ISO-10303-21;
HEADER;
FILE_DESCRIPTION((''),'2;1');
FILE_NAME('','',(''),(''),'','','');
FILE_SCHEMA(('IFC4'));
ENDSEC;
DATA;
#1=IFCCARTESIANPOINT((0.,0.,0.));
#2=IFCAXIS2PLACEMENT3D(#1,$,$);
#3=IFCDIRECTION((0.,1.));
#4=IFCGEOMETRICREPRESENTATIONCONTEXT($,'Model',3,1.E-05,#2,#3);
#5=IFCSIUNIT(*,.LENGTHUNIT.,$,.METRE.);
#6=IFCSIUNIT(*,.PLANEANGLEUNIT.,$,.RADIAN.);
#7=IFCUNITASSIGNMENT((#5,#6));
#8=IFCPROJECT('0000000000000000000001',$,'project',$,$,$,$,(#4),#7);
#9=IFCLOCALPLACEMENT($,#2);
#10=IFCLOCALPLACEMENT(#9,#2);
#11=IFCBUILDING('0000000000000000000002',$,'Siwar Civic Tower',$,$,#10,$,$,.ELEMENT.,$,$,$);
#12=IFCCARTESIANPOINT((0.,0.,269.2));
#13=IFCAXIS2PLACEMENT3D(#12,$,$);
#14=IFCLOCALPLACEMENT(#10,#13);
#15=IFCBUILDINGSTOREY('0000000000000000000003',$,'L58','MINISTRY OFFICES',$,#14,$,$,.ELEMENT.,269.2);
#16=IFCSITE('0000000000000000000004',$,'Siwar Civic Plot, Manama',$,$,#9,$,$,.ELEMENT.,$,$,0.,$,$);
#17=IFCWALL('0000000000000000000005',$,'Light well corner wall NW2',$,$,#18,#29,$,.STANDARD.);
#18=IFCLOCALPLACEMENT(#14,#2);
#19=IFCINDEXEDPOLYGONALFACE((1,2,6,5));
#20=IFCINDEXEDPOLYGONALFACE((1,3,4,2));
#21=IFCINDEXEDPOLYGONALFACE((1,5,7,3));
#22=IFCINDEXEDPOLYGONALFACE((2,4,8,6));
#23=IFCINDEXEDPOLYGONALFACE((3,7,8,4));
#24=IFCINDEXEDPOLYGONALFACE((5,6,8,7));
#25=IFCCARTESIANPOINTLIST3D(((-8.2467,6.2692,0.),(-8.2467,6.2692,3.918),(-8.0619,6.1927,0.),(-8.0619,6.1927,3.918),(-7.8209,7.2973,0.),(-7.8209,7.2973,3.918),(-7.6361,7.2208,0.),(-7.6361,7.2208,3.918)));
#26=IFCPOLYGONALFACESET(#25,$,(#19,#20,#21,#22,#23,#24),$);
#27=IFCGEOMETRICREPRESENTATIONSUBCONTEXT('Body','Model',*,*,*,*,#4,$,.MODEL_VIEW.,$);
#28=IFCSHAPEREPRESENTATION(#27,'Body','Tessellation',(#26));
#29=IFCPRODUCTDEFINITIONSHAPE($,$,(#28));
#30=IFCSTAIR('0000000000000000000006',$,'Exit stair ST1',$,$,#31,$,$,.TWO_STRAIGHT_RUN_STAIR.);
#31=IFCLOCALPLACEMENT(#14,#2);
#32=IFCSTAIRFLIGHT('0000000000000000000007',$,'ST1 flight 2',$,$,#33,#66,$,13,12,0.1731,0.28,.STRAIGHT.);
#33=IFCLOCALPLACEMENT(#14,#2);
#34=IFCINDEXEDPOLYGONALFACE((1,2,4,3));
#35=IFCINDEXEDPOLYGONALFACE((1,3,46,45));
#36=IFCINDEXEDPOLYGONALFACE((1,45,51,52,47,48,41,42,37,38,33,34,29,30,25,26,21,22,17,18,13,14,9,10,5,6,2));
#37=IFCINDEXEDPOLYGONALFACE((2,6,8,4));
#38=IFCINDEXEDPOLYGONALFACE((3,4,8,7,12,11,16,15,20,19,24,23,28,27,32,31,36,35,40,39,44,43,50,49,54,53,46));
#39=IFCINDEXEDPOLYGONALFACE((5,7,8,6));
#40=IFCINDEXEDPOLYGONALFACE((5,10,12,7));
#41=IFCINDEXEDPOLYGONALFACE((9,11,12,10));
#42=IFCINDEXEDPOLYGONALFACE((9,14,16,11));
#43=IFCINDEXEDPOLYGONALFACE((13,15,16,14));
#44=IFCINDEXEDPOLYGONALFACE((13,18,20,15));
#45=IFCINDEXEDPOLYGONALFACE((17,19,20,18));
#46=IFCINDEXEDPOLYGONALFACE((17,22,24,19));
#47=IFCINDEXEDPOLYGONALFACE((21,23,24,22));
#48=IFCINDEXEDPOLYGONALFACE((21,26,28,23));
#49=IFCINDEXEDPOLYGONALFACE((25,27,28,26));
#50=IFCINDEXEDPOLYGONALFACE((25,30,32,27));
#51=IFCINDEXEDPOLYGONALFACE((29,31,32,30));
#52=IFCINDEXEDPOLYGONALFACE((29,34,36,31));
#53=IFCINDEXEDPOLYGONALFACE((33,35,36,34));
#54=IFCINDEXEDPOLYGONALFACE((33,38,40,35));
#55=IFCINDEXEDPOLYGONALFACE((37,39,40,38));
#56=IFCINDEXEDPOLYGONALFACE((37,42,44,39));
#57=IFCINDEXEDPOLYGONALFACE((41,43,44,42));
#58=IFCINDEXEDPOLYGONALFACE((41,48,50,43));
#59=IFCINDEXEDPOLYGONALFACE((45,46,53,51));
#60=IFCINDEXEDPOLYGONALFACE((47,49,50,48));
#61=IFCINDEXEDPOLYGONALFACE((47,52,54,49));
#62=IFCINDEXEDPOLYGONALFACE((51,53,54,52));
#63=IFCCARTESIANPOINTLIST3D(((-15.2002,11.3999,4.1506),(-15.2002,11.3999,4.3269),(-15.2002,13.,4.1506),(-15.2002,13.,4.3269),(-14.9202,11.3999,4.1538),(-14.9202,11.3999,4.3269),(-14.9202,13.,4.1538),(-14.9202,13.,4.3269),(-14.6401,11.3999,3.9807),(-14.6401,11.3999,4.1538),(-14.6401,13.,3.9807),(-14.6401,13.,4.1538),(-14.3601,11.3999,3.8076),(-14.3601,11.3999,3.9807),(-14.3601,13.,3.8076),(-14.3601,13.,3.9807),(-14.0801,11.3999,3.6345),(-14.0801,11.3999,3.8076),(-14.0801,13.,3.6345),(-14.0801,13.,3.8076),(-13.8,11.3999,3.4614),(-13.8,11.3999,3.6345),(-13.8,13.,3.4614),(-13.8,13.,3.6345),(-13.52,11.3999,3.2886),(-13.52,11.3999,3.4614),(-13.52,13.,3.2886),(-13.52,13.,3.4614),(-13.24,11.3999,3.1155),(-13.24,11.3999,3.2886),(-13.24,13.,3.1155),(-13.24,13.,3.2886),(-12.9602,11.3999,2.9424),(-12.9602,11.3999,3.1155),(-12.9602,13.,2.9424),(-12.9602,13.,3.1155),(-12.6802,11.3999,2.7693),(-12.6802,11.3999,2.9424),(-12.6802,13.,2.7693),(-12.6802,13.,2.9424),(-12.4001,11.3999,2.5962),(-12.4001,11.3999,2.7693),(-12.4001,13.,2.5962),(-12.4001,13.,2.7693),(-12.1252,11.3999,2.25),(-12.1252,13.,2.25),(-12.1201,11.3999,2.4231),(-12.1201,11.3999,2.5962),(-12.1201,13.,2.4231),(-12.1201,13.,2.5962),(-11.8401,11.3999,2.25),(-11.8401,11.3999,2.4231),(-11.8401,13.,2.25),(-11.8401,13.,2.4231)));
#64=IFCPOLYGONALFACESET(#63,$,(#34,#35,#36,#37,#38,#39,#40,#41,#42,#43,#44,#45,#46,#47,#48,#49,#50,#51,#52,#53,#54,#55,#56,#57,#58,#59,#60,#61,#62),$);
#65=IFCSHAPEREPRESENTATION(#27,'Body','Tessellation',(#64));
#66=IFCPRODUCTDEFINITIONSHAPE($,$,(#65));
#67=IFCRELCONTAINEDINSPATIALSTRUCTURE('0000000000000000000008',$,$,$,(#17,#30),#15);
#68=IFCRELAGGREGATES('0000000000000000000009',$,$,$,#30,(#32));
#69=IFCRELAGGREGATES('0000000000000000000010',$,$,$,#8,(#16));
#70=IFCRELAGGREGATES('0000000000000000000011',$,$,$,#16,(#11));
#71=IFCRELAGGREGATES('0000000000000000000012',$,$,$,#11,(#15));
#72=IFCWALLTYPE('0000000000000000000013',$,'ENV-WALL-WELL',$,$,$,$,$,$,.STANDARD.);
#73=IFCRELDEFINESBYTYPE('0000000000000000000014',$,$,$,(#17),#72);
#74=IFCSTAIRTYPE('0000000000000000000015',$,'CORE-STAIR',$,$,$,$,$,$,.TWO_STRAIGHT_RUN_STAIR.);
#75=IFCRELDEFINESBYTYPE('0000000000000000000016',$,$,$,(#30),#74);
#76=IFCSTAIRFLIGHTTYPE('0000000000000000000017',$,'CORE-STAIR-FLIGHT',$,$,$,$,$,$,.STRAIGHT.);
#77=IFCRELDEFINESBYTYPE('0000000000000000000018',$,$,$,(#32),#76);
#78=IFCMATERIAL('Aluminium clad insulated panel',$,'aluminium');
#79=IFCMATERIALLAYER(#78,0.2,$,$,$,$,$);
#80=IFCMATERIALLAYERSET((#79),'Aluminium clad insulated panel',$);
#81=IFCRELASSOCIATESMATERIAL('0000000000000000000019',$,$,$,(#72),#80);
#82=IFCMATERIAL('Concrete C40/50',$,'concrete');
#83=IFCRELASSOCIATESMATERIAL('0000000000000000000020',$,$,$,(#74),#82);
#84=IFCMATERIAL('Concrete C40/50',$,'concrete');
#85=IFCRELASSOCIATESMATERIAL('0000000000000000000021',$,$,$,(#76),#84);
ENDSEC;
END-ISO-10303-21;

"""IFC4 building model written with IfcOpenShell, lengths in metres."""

from ifc_helpers import new_model, si_unit, direction, frame, frame_2d, origin, place, context, subcontext, project, spatial, polyline, rectangle, outline, extrude, material, layer, layer_set, type_object, element, aggregate, save


model = new_model("IFC4")

# Units and contexts
model_context = context("Model", 3, precision=1e-05, world=origin(), true_north=direction((0.0, 1.0)))
body_context = subcontext(model_context, "Body", "Model", "MODEL_VIEW")
ifc_project = project(units=[si_unit("LENGTHUNIT", "METRE"), si_unit("PLANEANGLEUNIT", "RADIAN")], contexts=[model_context])

# Site, building, storey
site_placement = place(None, origin())
site = spatial("IfcSite", under=ifc_project, at=site_placement, Name="Siwar Civic Plot, Manama", CompositionType="ELEMENT", RefElevation=0.0)
building_placement = place(site_placement, origin())
building = spatial("IfcBuilding", under=site, at=building_placement, Name="Siwar Civic Tower", CompositionType="ELEMENT")
storey_placement = place(building_placement, frame((0.0, 0.0, 269.2)))
storey = spatial("IfcBuildingStorey", under=building, at=storey_placement, Name="L58", Description="MINISTRY OFFICES", CompositionType="ELEMENT", Elevation=269.2)

# Wall
ifc_material_1 = material(Name="Aluminium clad insulated panel", Category="aluminium")
ifc_layer_1 = layer(ifc_material_1, 0.2)
ifc_layer_set_1 = layer_set([ifc_layer_1], Name="Aluminium clad insulated panel")
wall_type_1 = type_object("IfcWallType", Name="ENV-WALL-WELL", PredefinedType="STANDARD", material=ifc_layer_set_1)
wall_1_placement = place(storey_placement, frame((-7.7285, 7.259, 0.0), z_axis=(0.0, 0.0, 1.0), x_axis=(-0.382636, -0.923899, 0.0)))
element("IfcWall", 1, at=wall_1_placement, inside=storey, type_object=wall_type_1, Name="Light well corner wall NW2", PredefinedType="STANDARD", context=body_context, shape_type="SweptSolid", body=[
    extrude(rectangle(XDim=1.1128, YDim=0.2, at=frame_2d((0.5564, 0.0))), origin(), (0.0, 0.0, 1.0), 3.918),
])

# Stair, stair flight
ifc_material_2 = material(Name="Concrete C40/50", Category="concrete")
stair_type = type_object("IfcStairType", Name="CORE-STAIR", PredefinedType="TWO_STRAIGHT_RUN_STAIR", material=ifc_material_2)
stair_placement = place(storey_placement, origin())
stair = element("IfcStair", 2, at=stair_placement, inside=storey, type_object=stair_type, Name="Exit stair ST1", PredefinedType="TWO_STRAIGHT_RUN_STAIR")
ifc_material_3 = material(Name="Concrete C40/50", Category="concrete")
stair_flight_type = type_object("IfcStairFlightType", Name="CORE-STAIR-FLIGHT", PredefinedType="STRAIGHT", material=ifc_material_3)
stair_flight_placement = place(storey_placement, frame((-11.8401, 12.2, 2.25), z_axis=(0.0, 0.0, 1.0), x_axis=(-1.0, 0.0, 0.0)))
stair_flight = element("IfcStairFlight", 3, at=stair_flight_placement, type_object=stair_flight_type, Name="ST1 flight 2", NumberOfRisers=13, NumberOfTreads=12, PredefinedType="STRAIGHT", RiserHeight=0.1731, TreadLength=0.28, context=body_context, shape_type="SweptSolid", body=[
    extrude(outline(polyline([(0.0, 0.0), (0.0, 0.1731), (0.28, 0.1731), (0.28, 0.3462), (0.5601, 0.3462), (0.5601, 0.5193), (0.8401, 0.5193), (0.8401, 0.6924), (1.1201, 0.6924), (1.1201, 0.8655), (1.3999, 0.8655), (1.3999, 1.0386), (1.6799, 1.0386), (1.6799, 1.2114), (1.96, 1.2114), (1.96, 1.3845), (2.24, 1.3845), (2.24, 1.5576), (2.52, 1.5576), (2.52, 1.7307), (2.8, 1.7307), (2.8, 1.9038), (3.0801, 1.9038), (3.0801, 2.0769), (3.3601, 2.0769), (3.3601, 2.25), (3.3601, 1.9006), (0.2852, 0.0), (0.0, 0.0)])), frame((0.0, 0.8, 0.0), z_axis=(0.0, -1.0, 0.0), x_axis=(1.0, 0.0, 0.0)), (0.0, 0.0, 1.0), 1.6001),
])
aggregate(stair, [stair_flight])

save(model, "model.ifc")
